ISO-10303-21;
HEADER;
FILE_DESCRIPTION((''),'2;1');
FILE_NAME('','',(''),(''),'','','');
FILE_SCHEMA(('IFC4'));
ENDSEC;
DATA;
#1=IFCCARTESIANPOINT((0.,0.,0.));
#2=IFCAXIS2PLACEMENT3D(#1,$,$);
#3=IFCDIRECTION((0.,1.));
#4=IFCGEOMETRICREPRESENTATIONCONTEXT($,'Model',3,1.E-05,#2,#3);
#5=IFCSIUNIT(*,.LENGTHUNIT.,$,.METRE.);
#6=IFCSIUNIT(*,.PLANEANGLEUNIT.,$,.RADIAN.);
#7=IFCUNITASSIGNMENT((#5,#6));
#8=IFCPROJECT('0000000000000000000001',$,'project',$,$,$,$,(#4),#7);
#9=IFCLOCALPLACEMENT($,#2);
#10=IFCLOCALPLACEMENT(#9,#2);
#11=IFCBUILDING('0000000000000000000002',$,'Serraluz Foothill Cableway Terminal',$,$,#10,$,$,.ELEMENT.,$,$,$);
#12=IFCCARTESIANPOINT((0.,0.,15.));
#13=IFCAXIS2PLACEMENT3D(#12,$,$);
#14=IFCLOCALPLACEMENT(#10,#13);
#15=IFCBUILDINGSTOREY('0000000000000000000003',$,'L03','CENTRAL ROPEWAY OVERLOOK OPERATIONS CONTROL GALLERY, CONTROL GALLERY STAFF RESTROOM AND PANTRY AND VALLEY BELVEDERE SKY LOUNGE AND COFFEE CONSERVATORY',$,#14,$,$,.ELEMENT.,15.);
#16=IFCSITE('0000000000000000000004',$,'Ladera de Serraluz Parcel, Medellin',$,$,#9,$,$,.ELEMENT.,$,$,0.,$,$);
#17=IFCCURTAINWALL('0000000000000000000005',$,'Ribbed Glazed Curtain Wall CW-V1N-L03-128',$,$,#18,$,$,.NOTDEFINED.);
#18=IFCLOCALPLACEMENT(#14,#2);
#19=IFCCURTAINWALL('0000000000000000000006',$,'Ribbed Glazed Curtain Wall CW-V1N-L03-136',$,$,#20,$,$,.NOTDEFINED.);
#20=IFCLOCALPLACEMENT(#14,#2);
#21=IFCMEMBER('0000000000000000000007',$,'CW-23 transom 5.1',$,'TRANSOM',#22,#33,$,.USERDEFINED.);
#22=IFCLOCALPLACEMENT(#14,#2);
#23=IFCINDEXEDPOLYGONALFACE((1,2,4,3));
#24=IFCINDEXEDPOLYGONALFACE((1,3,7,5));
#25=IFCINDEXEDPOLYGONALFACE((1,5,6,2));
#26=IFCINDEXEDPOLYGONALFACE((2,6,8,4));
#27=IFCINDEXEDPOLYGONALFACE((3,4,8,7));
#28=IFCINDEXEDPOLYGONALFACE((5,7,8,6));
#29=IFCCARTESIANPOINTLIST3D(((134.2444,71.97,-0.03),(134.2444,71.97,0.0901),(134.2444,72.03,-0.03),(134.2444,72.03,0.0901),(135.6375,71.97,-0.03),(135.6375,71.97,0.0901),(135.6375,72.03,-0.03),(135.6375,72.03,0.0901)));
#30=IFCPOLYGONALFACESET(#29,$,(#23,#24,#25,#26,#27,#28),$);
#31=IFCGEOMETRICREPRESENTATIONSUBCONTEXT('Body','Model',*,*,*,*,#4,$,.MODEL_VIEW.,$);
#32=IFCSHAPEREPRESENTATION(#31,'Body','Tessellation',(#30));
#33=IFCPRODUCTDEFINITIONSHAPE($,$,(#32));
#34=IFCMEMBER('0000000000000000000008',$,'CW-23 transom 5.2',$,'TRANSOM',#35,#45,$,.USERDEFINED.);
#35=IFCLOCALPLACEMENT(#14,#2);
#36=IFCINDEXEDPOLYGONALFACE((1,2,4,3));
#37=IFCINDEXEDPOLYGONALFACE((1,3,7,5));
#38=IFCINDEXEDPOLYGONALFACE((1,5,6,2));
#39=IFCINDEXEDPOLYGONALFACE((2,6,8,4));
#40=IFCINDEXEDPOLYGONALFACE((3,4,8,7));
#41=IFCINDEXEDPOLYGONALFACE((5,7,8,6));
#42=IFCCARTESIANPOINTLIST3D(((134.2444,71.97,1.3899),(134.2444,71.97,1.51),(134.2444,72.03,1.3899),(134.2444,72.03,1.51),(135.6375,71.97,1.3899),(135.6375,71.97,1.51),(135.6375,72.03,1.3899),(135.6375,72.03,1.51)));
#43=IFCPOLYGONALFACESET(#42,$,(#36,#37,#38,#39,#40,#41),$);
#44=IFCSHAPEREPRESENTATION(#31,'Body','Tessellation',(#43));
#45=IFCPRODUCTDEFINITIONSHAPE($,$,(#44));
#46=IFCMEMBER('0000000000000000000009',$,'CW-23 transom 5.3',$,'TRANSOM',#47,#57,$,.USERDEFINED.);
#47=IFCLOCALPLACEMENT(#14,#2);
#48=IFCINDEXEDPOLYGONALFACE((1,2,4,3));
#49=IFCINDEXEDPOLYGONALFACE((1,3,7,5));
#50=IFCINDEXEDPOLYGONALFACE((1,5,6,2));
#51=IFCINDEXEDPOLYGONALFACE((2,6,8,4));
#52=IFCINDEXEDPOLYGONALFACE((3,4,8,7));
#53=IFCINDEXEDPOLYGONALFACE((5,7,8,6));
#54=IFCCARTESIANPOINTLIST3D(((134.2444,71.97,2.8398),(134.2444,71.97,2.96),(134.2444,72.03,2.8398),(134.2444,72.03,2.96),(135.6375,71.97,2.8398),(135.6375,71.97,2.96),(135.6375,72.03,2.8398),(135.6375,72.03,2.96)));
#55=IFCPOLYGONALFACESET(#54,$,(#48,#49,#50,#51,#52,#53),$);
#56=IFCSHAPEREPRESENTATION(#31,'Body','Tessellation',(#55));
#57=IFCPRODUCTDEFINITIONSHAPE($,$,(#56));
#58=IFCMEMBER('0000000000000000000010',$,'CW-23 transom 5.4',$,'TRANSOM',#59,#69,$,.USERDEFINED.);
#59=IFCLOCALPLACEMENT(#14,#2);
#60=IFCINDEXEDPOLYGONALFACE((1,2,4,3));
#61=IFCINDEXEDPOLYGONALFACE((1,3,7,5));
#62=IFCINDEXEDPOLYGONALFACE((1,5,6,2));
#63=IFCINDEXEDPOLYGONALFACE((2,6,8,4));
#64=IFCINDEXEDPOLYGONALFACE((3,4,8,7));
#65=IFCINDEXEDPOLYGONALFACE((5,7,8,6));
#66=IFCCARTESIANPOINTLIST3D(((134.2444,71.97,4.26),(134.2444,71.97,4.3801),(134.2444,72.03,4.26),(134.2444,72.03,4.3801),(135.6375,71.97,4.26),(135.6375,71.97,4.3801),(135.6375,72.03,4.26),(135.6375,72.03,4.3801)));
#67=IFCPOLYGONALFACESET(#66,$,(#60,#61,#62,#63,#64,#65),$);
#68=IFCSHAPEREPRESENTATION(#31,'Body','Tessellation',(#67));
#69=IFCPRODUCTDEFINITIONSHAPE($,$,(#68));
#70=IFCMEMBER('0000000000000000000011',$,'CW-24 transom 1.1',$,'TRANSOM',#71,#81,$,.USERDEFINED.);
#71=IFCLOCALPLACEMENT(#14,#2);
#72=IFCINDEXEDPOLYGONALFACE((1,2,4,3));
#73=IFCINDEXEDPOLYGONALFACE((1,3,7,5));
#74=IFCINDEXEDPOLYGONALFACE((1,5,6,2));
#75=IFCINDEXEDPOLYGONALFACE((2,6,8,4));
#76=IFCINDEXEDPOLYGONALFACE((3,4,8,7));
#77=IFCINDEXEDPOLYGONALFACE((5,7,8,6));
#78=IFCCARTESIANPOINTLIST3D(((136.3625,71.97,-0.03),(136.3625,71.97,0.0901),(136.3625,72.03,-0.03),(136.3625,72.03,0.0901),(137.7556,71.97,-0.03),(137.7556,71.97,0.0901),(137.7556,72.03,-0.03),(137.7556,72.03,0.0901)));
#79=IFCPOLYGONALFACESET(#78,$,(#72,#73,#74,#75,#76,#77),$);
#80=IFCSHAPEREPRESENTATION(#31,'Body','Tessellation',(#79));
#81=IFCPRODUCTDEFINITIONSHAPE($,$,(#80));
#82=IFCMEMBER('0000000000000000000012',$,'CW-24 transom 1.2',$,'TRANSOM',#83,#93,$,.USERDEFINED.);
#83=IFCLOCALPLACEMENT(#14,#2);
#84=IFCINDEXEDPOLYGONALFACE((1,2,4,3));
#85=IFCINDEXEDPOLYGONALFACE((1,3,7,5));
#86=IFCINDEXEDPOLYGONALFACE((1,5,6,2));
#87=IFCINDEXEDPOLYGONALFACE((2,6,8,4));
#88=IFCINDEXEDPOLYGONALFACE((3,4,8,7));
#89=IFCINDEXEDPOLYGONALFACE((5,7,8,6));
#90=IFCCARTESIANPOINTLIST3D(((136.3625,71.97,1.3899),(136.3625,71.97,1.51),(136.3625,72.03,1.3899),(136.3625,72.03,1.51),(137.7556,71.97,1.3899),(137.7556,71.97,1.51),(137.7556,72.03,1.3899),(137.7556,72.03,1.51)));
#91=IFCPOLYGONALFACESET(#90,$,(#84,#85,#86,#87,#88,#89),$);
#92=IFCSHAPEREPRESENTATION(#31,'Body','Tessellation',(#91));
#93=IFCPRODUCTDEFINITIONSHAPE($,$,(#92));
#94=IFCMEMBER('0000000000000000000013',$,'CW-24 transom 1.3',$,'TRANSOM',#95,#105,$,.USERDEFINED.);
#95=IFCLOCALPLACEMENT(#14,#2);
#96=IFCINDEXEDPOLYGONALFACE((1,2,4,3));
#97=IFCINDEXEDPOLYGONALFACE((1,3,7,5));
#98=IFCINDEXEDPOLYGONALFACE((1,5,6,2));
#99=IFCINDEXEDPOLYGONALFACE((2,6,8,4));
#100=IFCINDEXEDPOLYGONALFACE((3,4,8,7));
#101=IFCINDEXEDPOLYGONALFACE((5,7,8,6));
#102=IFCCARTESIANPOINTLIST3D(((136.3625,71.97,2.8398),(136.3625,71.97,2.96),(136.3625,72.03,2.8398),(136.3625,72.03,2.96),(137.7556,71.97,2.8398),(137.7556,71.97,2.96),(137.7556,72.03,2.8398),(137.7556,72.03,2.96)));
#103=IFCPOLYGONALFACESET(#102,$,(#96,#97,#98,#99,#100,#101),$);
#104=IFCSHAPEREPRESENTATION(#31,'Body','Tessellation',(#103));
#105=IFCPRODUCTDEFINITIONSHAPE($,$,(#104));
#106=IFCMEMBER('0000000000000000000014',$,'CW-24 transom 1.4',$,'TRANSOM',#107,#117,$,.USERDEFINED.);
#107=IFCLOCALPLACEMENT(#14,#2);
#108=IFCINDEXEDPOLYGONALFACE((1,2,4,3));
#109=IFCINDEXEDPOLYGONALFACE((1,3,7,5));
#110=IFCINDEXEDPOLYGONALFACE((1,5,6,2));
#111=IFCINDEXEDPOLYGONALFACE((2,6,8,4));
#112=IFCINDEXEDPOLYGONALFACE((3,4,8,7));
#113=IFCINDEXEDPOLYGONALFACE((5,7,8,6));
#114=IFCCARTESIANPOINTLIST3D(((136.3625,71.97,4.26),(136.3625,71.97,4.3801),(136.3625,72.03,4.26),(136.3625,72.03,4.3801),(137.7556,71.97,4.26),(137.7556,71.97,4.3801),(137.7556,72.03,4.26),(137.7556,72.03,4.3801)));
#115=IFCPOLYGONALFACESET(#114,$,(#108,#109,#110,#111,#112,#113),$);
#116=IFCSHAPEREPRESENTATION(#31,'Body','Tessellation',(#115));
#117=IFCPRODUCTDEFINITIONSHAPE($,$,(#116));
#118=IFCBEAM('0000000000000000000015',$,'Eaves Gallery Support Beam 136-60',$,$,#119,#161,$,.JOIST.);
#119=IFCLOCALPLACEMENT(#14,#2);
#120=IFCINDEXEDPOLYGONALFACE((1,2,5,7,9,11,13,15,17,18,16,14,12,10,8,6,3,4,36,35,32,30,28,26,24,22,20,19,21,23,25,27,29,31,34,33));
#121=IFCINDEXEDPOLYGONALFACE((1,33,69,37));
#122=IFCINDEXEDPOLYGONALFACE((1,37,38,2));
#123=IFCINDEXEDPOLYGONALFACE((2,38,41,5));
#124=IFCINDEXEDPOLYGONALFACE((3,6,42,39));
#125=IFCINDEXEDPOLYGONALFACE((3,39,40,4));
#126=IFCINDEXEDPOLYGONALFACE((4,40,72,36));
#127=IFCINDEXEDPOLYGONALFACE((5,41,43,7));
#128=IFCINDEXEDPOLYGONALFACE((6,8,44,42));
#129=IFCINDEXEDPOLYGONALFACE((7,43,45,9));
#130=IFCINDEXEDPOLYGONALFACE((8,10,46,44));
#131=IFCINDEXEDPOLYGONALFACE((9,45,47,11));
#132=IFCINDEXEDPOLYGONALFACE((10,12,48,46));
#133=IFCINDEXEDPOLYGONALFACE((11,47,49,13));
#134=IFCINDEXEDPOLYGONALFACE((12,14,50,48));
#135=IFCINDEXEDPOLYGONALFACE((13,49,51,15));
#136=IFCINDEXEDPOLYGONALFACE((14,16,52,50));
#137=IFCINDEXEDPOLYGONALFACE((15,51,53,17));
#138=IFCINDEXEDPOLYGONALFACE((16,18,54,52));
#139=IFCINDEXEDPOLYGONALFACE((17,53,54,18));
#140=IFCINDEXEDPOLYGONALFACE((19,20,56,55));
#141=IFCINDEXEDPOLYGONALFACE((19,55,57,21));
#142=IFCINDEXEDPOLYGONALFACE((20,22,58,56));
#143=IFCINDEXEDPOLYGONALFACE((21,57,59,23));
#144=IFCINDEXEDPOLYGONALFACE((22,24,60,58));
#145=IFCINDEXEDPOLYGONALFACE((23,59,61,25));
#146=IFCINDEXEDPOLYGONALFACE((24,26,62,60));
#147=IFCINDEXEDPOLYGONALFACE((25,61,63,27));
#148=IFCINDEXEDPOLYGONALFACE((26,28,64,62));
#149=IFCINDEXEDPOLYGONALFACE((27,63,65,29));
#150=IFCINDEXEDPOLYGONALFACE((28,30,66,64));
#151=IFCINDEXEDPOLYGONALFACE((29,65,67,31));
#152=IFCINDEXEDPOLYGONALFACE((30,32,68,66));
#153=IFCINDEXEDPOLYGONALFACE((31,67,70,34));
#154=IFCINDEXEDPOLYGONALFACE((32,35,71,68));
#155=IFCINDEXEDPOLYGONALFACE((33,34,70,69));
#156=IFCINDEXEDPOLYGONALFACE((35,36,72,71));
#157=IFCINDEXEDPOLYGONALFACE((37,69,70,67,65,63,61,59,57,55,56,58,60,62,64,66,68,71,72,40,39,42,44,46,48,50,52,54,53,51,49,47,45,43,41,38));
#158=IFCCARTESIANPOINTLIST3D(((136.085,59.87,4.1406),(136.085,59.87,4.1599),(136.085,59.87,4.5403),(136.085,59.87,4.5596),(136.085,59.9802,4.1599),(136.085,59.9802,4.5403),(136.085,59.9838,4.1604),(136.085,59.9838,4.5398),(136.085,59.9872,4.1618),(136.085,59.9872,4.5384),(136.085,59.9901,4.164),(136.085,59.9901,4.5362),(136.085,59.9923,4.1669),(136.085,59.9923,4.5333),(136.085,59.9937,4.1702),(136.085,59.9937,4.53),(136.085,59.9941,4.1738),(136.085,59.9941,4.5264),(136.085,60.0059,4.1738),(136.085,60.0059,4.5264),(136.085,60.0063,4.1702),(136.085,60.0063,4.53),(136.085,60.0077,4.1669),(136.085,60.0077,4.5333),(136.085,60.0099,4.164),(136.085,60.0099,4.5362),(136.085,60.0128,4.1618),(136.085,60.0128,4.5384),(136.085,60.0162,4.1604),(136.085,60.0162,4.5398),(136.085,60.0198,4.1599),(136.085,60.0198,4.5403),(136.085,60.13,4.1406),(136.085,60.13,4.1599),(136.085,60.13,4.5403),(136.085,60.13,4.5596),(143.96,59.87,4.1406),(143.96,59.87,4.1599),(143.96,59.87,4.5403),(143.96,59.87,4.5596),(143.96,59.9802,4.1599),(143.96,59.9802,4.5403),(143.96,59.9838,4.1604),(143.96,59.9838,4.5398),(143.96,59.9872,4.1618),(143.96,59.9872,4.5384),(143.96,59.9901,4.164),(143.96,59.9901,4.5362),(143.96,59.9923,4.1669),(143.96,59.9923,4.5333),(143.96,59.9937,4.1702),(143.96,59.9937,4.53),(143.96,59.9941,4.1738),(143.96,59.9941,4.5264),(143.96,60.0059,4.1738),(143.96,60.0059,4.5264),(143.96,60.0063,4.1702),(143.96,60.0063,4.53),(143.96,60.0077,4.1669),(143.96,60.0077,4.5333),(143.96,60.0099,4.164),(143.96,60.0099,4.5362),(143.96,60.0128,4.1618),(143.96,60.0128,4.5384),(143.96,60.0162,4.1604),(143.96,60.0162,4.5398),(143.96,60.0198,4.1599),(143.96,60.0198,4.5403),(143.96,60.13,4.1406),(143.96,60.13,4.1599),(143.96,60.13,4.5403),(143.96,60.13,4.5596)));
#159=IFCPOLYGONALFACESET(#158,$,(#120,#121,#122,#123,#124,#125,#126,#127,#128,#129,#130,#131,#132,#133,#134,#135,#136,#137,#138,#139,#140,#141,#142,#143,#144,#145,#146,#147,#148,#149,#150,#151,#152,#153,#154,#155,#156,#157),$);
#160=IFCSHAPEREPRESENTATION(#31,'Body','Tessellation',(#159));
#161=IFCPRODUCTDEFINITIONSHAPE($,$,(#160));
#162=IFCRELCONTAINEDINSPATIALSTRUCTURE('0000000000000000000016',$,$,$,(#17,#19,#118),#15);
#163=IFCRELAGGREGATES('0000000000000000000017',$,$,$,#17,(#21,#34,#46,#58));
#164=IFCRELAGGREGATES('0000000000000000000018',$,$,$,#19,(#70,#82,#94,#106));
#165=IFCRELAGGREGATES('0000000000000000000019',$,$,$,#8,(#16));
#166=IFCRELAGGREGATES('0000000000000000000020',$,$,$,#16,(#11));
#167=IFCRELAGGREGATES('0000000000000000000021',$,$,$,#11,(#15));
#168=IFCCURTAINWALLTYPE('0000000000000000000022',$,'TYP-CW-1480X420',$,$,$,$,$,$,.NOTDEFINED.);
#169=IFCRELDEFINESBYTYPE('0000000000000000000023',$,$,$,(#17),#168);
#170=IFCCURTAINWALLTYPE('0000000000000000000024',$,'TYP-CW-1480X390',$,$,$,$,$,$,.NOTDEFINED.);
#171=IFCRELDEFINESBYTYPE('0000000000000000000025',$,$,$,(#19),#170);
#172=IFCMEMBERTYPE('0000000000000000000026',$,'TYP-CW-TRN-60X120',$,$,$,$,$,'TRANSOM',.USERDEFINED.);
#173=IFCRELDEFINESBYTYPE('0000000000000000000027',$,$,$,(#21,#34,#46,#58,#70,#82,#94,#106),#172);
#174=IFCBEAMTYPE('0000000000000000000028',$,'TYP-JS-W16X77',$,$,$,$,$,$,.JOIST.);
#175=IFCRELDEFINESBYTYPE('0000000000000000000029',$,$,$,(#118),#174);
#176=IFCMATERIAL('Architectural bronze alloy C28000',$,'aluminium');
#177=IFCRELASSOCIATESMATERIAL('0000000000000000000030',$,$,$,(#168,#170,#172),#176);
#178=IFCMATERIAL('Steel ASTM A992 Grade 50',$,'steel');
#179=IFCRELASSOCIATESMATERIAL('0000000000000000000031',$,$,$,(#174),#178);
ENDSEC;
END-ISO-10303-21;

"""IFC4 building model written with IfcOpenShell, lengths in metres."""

from ifc_helpers import new_model, si_unit, direction, frame, origin, origin_2d, place, context, subcontext, project, spatial, rectangle, i_section, extrude, material, material_profile, profile_set, type_object, element, aggregate, save


model = new_model("IFC4")

# Units and contexts
model_context = context("Model", 3, precision=1e-05, world=origin(), true_north=direction((0.0, 1.0)))
body_context = subcontext(model_context, "Body", "Model", "MODEL_VIEW")
ifc_project = project(units=[si_unit("LENGTHUNIT", "METRE"), si_unit("PLANEANGLEUNIT", "RADIAN")], contexts=[model_context])

# Site, building, storey
site_placement = place(None, origin())
site = spatial("IfcSite", under=ifc_project, at=site_placement, Name="Ladera de Serraluz Parcel, Medellin", CompositionType="ELEMENT", RefElevation=0.0)
building_placement = place(site_placement, origin())
building = spatial("IfcBuilding", under=site, at=building_placement, Name="Serraluz Foothill Cableway Terminal", CompositionType="ELEMENT")
storey_placement = place(building_placement, frame((0.0, 0.0, 15.0)))
storey = spatial("IfcBuildingStorey", under=building, at=storey_placement, Name="L03", Description="CENTRAL ROPEWAY OVERLOOK OPERATIONS CONTROL GALLERY, CONTROL GALLERY STAFF RESTROOM AND PANTRY AND VALLEY BELVEDERE SKY LOUNGE AND COFFEE CONSERVATORY", CompositionType="ELEMENT", Elevation=15.0)

# Shared definitions
ifc_material_1 = material(Name="Steel ASTM A992 Grade 50", Category="steel")

# Curtain walls
ifc_material_2 = material(Name="Architectural bronze alloy C28000", Category="aluminium")
curtain_wall_type_1 = type_object("IfcCurtainWallType", Name="TYP-CW-1480X420", PredefinedType="NOTDEFINED", material=ifc_material_2)
curtain_wall_1_placement = place(storey_placement, origin())
curtain_wall_1 = element("IfcCurtainWall", 1, at=curtain_wall_1_placement, inside=storey, type_object=curtain_wall_type_1, Name="Ribbed Glazed Curtain Wall CW-V1N-L03-128", PredefinedType="NOTDEFINED")
curtain_wall_type_2 = type_object("IfcCurtainWallType", Name="TYP-CW-1480X390", PredefinedType="NOTDEFINED", material=ifc_material_2)
curtain_wall_2_placement = place(storey_placement, origin())
curtain_wall_2 = element("IfcCurtainWall", 2, at=curtain_wall_2_placement, inside=storey, type_object=curtain_wall_type_2, Name="Ribbed Glazed Curtain Wall CW-V1N-L03-136", PredefinedType="NOTDEFINED")

# Members
ifc_material_profile_1 = material_profile(ifc_material_2, rectangle(XDim=0.0601, YDim=0.1201, at=origin_2d()), Name="ALU TRANSOM 60x120")
ifc_profile_set_1 = profile_set([ifc_material_profile_1], Name="Architectural bronze alloy C28000")
member_type_1 = type_object("IfcMemberType", Name="TYP-CW-TRN-60X120", ElementType="TRANSOM", PredefinedType="USERDEFINED", material=ifc_profile_set_1)
member_1_placement = place(storey_placement, frame((134.2444, 72.0, 0.03), z_axis=(1.0, 0.0, 0.0), x_axis=(0.0, 1.0, 0.0)))
member_1 = element("IfcMember", 3, at=member_1_placement, type_object=member_type_1, Name="CW-23 transom 5.1", ObjectType="TRANSOM", PredefinedType="USERDEFINED", context=body_context, shape_type="SweptSolid", body=[
    extrude(rectangle(XDim=0.0601, YDim=0.1201, at=origin_2d()), origin(), (0.0, 0.0, 1.0), 1.3931),
])
member_2_placement = place(storey_placement, frame((134.2444, 72.0, 1.45), z_axis=(1.0, 0.0, 0.0), x_axis=(0.0, 1.0, 0.0)))
member_2 = element("IfcMember", 4, at=member_2_placement, type_object=member_type_1, Name="CW-23 transom 5.2", ObjectType="TRANSOM", PredefinedType="USERDEFINED", context=body_context, shape_type="SweptSolid", body=[
    extrude(rectangle(XDim=0.0601, YDim=0.1201, at=origin_2d()), origin(), (0.0, 0.0, 1.0), 1.3931),
])
member_3_placement = place(storey_placement, frame((134.2444, 72.0, 2.8999), z_axis=(1.0, 0.0, 0.0), x_axis=(0.0, 1.0, 0.0)))
member_3 = element("IfcMember", 5, at=member_3_placement, type_object=member_type_1, Name="CW-23 transom 5.3", ObjectType="TRANSOM", PredefinedType="USERDEFINED", context=body_context, shape_type="SweptSolid", body=[
    extrude(rectangle(XDim=0.0601, YDim=0.1201, at=origin_2d()), origin(), (0.0, 0.0, 1.0), 1.3931),
])
member_4_placement = place(storey_placement, frame((134.2444, 72.0, 4.3201), z_axis=(1.0, 0.0, 0.0), x_axis=(0.0, 1.0, 0.0)))
member_4 = element("IfcMember", 6, at=member_4_placement, type_object=member_type_1, Name="CW-23 transom 5.4", ObjectType="TRANSOM", PredefinedType="USERDEFINED", context=body_context, shape_type="SweptSolid", body=[
    extrude(rectangle(XDim=0.0601, YDim=0.1201, at=origin_2d()), origin(), (0.0, 0.0, 1.0), 1.3931),
])
member_5_placement = place(storey_placement, frame((136.3625, 72.0, 0.03), z_axis=(1.0, 0.0, 0.0), x_axis=(0.0, 1.0, 0.0)))
member_5 = element("IfcMember", 7, at=member_5_placement, type_object=member_type_1, Name="CW-24 transom 1.1", ObjectType="TRANSOM", PredefinedType="USERDEFINED", context=body_context, shape_type="SweptSolid", body=[
    extrude(rectangle(XDim=0.0601, YDim=0.1201, at=origin_2d()), origin(), (0.0, 0.0, 1.0), 1.3931),
])
member_6_placement = place(storey_placement, frame((136.3625, 72.0, 1.45), z_axis=(1.0, 0.0, 0.0), x_axis=(0.0, 1.0, 0.0)))
member_6 = element("IfcMember", 8, at=member_6_placement, type_object=member_type_1, Name="CW-24 transom 1.2", ObjectType="TRANSOM", PredefinedType="USERDEFINED", context=body_context, shape_type="SweptSolid", body=[
    extrude(rectangle(XDim=0.0601, YDim=0.1201, at=origin_2d()), origin(), (0.0, 0.0, 1.0), 1.3931),
])
member_7_placement = place(storey_placement, frame((136.3625, 72.0, 2.8999), z_axis=(1.0, 0.0, 0.0), x_axis=(0.0, 1.0, 0.0)))
member_7 = element("IfcMember", 9, at=member_7_placement, type_object=member_type_1, Name="CW-24 transom 1.3", ObjectType="TRANSOM", PredefinedType="USERDEFINED", context=body_context, shape_type="SweptSolid", body=[
    extrude(rectangle(XDim=0.0601, YDim=0.1201, at=origin_2d()), origin(), (0.0, 0.0, 1.0), 1.3931),
])
member_8_placement = place(storey_placement, frame((136.3625, 72.0, 4.3201), z_axis=(1.0, 0.0, 0.0), x_axis=(0.0, 1.0, 0.0)))
member_8 = element("IfcMember", 10, at=member_8_placement, type_object=member_type_1, Name="CW-24 transom 1.4", ObjectType="TRANSOM", PredefinedType="USERDEFINED", context=body_context, shape_type="SweptSolid", body=[
    extrude(rectangle(XDim=0.0601, YDim=0.1201, at=origin_2d()), origin(), (0.0, 0.0, 1.0), 1.3931),
])

# Beam
ifc_material_profile_2 = material_profile(ifc_material_1, i_section(OverallWidth=0.26, OverallDepth=0.4189, WebThickness=0.0117, FlangeThickness=0.0193, FilletRadius=0.0139, at=origin_2d()), Name="W16X77")
ifc_profile_set_2 = profile_set([ifc_material_profile_2], Name="Steel ASTM A992 Grade 50")
beam_type_1 = type_object("IfcBeamType", Name="TYP-JS-W16X77", PredefinedType="JOIST", material=ifc_profile_set_2)
for number, where, z_axis, x_axis, name in (
    (11, (136.085, 60.0, 4.3501), (1.0, 0.0, 0.0), (0.0, 1.0, 0.0), "Eaves Gallery Support Beam 136-60"),
):
    element("IfcBeam", number, at=place(storey_placement, frame(where, z_axis=z_axis, x_axis=x_axis)), inside=storey, type_object=beam_type_1, Name=name, PredefinedType="JOIST", context=body_context, shape_type="SweptSolid", body=[
        extrude(i_section(OverallWidth=0.26, OverallDepth=0.4189, WebThickness=0.0117, FlangeThickness=0.0193, FilletRadius=0.0139, at=origin_2d()), origin(), (0.0, 0.0, 1.0), 7.875),
    ])

aggregate(curtain_wall_1, [member_1, member_2, member_3, member_4])
aggregate(curtain_wall_2, [member_5, member_6, member_7, member_8])

save(model, "model.ifc")
